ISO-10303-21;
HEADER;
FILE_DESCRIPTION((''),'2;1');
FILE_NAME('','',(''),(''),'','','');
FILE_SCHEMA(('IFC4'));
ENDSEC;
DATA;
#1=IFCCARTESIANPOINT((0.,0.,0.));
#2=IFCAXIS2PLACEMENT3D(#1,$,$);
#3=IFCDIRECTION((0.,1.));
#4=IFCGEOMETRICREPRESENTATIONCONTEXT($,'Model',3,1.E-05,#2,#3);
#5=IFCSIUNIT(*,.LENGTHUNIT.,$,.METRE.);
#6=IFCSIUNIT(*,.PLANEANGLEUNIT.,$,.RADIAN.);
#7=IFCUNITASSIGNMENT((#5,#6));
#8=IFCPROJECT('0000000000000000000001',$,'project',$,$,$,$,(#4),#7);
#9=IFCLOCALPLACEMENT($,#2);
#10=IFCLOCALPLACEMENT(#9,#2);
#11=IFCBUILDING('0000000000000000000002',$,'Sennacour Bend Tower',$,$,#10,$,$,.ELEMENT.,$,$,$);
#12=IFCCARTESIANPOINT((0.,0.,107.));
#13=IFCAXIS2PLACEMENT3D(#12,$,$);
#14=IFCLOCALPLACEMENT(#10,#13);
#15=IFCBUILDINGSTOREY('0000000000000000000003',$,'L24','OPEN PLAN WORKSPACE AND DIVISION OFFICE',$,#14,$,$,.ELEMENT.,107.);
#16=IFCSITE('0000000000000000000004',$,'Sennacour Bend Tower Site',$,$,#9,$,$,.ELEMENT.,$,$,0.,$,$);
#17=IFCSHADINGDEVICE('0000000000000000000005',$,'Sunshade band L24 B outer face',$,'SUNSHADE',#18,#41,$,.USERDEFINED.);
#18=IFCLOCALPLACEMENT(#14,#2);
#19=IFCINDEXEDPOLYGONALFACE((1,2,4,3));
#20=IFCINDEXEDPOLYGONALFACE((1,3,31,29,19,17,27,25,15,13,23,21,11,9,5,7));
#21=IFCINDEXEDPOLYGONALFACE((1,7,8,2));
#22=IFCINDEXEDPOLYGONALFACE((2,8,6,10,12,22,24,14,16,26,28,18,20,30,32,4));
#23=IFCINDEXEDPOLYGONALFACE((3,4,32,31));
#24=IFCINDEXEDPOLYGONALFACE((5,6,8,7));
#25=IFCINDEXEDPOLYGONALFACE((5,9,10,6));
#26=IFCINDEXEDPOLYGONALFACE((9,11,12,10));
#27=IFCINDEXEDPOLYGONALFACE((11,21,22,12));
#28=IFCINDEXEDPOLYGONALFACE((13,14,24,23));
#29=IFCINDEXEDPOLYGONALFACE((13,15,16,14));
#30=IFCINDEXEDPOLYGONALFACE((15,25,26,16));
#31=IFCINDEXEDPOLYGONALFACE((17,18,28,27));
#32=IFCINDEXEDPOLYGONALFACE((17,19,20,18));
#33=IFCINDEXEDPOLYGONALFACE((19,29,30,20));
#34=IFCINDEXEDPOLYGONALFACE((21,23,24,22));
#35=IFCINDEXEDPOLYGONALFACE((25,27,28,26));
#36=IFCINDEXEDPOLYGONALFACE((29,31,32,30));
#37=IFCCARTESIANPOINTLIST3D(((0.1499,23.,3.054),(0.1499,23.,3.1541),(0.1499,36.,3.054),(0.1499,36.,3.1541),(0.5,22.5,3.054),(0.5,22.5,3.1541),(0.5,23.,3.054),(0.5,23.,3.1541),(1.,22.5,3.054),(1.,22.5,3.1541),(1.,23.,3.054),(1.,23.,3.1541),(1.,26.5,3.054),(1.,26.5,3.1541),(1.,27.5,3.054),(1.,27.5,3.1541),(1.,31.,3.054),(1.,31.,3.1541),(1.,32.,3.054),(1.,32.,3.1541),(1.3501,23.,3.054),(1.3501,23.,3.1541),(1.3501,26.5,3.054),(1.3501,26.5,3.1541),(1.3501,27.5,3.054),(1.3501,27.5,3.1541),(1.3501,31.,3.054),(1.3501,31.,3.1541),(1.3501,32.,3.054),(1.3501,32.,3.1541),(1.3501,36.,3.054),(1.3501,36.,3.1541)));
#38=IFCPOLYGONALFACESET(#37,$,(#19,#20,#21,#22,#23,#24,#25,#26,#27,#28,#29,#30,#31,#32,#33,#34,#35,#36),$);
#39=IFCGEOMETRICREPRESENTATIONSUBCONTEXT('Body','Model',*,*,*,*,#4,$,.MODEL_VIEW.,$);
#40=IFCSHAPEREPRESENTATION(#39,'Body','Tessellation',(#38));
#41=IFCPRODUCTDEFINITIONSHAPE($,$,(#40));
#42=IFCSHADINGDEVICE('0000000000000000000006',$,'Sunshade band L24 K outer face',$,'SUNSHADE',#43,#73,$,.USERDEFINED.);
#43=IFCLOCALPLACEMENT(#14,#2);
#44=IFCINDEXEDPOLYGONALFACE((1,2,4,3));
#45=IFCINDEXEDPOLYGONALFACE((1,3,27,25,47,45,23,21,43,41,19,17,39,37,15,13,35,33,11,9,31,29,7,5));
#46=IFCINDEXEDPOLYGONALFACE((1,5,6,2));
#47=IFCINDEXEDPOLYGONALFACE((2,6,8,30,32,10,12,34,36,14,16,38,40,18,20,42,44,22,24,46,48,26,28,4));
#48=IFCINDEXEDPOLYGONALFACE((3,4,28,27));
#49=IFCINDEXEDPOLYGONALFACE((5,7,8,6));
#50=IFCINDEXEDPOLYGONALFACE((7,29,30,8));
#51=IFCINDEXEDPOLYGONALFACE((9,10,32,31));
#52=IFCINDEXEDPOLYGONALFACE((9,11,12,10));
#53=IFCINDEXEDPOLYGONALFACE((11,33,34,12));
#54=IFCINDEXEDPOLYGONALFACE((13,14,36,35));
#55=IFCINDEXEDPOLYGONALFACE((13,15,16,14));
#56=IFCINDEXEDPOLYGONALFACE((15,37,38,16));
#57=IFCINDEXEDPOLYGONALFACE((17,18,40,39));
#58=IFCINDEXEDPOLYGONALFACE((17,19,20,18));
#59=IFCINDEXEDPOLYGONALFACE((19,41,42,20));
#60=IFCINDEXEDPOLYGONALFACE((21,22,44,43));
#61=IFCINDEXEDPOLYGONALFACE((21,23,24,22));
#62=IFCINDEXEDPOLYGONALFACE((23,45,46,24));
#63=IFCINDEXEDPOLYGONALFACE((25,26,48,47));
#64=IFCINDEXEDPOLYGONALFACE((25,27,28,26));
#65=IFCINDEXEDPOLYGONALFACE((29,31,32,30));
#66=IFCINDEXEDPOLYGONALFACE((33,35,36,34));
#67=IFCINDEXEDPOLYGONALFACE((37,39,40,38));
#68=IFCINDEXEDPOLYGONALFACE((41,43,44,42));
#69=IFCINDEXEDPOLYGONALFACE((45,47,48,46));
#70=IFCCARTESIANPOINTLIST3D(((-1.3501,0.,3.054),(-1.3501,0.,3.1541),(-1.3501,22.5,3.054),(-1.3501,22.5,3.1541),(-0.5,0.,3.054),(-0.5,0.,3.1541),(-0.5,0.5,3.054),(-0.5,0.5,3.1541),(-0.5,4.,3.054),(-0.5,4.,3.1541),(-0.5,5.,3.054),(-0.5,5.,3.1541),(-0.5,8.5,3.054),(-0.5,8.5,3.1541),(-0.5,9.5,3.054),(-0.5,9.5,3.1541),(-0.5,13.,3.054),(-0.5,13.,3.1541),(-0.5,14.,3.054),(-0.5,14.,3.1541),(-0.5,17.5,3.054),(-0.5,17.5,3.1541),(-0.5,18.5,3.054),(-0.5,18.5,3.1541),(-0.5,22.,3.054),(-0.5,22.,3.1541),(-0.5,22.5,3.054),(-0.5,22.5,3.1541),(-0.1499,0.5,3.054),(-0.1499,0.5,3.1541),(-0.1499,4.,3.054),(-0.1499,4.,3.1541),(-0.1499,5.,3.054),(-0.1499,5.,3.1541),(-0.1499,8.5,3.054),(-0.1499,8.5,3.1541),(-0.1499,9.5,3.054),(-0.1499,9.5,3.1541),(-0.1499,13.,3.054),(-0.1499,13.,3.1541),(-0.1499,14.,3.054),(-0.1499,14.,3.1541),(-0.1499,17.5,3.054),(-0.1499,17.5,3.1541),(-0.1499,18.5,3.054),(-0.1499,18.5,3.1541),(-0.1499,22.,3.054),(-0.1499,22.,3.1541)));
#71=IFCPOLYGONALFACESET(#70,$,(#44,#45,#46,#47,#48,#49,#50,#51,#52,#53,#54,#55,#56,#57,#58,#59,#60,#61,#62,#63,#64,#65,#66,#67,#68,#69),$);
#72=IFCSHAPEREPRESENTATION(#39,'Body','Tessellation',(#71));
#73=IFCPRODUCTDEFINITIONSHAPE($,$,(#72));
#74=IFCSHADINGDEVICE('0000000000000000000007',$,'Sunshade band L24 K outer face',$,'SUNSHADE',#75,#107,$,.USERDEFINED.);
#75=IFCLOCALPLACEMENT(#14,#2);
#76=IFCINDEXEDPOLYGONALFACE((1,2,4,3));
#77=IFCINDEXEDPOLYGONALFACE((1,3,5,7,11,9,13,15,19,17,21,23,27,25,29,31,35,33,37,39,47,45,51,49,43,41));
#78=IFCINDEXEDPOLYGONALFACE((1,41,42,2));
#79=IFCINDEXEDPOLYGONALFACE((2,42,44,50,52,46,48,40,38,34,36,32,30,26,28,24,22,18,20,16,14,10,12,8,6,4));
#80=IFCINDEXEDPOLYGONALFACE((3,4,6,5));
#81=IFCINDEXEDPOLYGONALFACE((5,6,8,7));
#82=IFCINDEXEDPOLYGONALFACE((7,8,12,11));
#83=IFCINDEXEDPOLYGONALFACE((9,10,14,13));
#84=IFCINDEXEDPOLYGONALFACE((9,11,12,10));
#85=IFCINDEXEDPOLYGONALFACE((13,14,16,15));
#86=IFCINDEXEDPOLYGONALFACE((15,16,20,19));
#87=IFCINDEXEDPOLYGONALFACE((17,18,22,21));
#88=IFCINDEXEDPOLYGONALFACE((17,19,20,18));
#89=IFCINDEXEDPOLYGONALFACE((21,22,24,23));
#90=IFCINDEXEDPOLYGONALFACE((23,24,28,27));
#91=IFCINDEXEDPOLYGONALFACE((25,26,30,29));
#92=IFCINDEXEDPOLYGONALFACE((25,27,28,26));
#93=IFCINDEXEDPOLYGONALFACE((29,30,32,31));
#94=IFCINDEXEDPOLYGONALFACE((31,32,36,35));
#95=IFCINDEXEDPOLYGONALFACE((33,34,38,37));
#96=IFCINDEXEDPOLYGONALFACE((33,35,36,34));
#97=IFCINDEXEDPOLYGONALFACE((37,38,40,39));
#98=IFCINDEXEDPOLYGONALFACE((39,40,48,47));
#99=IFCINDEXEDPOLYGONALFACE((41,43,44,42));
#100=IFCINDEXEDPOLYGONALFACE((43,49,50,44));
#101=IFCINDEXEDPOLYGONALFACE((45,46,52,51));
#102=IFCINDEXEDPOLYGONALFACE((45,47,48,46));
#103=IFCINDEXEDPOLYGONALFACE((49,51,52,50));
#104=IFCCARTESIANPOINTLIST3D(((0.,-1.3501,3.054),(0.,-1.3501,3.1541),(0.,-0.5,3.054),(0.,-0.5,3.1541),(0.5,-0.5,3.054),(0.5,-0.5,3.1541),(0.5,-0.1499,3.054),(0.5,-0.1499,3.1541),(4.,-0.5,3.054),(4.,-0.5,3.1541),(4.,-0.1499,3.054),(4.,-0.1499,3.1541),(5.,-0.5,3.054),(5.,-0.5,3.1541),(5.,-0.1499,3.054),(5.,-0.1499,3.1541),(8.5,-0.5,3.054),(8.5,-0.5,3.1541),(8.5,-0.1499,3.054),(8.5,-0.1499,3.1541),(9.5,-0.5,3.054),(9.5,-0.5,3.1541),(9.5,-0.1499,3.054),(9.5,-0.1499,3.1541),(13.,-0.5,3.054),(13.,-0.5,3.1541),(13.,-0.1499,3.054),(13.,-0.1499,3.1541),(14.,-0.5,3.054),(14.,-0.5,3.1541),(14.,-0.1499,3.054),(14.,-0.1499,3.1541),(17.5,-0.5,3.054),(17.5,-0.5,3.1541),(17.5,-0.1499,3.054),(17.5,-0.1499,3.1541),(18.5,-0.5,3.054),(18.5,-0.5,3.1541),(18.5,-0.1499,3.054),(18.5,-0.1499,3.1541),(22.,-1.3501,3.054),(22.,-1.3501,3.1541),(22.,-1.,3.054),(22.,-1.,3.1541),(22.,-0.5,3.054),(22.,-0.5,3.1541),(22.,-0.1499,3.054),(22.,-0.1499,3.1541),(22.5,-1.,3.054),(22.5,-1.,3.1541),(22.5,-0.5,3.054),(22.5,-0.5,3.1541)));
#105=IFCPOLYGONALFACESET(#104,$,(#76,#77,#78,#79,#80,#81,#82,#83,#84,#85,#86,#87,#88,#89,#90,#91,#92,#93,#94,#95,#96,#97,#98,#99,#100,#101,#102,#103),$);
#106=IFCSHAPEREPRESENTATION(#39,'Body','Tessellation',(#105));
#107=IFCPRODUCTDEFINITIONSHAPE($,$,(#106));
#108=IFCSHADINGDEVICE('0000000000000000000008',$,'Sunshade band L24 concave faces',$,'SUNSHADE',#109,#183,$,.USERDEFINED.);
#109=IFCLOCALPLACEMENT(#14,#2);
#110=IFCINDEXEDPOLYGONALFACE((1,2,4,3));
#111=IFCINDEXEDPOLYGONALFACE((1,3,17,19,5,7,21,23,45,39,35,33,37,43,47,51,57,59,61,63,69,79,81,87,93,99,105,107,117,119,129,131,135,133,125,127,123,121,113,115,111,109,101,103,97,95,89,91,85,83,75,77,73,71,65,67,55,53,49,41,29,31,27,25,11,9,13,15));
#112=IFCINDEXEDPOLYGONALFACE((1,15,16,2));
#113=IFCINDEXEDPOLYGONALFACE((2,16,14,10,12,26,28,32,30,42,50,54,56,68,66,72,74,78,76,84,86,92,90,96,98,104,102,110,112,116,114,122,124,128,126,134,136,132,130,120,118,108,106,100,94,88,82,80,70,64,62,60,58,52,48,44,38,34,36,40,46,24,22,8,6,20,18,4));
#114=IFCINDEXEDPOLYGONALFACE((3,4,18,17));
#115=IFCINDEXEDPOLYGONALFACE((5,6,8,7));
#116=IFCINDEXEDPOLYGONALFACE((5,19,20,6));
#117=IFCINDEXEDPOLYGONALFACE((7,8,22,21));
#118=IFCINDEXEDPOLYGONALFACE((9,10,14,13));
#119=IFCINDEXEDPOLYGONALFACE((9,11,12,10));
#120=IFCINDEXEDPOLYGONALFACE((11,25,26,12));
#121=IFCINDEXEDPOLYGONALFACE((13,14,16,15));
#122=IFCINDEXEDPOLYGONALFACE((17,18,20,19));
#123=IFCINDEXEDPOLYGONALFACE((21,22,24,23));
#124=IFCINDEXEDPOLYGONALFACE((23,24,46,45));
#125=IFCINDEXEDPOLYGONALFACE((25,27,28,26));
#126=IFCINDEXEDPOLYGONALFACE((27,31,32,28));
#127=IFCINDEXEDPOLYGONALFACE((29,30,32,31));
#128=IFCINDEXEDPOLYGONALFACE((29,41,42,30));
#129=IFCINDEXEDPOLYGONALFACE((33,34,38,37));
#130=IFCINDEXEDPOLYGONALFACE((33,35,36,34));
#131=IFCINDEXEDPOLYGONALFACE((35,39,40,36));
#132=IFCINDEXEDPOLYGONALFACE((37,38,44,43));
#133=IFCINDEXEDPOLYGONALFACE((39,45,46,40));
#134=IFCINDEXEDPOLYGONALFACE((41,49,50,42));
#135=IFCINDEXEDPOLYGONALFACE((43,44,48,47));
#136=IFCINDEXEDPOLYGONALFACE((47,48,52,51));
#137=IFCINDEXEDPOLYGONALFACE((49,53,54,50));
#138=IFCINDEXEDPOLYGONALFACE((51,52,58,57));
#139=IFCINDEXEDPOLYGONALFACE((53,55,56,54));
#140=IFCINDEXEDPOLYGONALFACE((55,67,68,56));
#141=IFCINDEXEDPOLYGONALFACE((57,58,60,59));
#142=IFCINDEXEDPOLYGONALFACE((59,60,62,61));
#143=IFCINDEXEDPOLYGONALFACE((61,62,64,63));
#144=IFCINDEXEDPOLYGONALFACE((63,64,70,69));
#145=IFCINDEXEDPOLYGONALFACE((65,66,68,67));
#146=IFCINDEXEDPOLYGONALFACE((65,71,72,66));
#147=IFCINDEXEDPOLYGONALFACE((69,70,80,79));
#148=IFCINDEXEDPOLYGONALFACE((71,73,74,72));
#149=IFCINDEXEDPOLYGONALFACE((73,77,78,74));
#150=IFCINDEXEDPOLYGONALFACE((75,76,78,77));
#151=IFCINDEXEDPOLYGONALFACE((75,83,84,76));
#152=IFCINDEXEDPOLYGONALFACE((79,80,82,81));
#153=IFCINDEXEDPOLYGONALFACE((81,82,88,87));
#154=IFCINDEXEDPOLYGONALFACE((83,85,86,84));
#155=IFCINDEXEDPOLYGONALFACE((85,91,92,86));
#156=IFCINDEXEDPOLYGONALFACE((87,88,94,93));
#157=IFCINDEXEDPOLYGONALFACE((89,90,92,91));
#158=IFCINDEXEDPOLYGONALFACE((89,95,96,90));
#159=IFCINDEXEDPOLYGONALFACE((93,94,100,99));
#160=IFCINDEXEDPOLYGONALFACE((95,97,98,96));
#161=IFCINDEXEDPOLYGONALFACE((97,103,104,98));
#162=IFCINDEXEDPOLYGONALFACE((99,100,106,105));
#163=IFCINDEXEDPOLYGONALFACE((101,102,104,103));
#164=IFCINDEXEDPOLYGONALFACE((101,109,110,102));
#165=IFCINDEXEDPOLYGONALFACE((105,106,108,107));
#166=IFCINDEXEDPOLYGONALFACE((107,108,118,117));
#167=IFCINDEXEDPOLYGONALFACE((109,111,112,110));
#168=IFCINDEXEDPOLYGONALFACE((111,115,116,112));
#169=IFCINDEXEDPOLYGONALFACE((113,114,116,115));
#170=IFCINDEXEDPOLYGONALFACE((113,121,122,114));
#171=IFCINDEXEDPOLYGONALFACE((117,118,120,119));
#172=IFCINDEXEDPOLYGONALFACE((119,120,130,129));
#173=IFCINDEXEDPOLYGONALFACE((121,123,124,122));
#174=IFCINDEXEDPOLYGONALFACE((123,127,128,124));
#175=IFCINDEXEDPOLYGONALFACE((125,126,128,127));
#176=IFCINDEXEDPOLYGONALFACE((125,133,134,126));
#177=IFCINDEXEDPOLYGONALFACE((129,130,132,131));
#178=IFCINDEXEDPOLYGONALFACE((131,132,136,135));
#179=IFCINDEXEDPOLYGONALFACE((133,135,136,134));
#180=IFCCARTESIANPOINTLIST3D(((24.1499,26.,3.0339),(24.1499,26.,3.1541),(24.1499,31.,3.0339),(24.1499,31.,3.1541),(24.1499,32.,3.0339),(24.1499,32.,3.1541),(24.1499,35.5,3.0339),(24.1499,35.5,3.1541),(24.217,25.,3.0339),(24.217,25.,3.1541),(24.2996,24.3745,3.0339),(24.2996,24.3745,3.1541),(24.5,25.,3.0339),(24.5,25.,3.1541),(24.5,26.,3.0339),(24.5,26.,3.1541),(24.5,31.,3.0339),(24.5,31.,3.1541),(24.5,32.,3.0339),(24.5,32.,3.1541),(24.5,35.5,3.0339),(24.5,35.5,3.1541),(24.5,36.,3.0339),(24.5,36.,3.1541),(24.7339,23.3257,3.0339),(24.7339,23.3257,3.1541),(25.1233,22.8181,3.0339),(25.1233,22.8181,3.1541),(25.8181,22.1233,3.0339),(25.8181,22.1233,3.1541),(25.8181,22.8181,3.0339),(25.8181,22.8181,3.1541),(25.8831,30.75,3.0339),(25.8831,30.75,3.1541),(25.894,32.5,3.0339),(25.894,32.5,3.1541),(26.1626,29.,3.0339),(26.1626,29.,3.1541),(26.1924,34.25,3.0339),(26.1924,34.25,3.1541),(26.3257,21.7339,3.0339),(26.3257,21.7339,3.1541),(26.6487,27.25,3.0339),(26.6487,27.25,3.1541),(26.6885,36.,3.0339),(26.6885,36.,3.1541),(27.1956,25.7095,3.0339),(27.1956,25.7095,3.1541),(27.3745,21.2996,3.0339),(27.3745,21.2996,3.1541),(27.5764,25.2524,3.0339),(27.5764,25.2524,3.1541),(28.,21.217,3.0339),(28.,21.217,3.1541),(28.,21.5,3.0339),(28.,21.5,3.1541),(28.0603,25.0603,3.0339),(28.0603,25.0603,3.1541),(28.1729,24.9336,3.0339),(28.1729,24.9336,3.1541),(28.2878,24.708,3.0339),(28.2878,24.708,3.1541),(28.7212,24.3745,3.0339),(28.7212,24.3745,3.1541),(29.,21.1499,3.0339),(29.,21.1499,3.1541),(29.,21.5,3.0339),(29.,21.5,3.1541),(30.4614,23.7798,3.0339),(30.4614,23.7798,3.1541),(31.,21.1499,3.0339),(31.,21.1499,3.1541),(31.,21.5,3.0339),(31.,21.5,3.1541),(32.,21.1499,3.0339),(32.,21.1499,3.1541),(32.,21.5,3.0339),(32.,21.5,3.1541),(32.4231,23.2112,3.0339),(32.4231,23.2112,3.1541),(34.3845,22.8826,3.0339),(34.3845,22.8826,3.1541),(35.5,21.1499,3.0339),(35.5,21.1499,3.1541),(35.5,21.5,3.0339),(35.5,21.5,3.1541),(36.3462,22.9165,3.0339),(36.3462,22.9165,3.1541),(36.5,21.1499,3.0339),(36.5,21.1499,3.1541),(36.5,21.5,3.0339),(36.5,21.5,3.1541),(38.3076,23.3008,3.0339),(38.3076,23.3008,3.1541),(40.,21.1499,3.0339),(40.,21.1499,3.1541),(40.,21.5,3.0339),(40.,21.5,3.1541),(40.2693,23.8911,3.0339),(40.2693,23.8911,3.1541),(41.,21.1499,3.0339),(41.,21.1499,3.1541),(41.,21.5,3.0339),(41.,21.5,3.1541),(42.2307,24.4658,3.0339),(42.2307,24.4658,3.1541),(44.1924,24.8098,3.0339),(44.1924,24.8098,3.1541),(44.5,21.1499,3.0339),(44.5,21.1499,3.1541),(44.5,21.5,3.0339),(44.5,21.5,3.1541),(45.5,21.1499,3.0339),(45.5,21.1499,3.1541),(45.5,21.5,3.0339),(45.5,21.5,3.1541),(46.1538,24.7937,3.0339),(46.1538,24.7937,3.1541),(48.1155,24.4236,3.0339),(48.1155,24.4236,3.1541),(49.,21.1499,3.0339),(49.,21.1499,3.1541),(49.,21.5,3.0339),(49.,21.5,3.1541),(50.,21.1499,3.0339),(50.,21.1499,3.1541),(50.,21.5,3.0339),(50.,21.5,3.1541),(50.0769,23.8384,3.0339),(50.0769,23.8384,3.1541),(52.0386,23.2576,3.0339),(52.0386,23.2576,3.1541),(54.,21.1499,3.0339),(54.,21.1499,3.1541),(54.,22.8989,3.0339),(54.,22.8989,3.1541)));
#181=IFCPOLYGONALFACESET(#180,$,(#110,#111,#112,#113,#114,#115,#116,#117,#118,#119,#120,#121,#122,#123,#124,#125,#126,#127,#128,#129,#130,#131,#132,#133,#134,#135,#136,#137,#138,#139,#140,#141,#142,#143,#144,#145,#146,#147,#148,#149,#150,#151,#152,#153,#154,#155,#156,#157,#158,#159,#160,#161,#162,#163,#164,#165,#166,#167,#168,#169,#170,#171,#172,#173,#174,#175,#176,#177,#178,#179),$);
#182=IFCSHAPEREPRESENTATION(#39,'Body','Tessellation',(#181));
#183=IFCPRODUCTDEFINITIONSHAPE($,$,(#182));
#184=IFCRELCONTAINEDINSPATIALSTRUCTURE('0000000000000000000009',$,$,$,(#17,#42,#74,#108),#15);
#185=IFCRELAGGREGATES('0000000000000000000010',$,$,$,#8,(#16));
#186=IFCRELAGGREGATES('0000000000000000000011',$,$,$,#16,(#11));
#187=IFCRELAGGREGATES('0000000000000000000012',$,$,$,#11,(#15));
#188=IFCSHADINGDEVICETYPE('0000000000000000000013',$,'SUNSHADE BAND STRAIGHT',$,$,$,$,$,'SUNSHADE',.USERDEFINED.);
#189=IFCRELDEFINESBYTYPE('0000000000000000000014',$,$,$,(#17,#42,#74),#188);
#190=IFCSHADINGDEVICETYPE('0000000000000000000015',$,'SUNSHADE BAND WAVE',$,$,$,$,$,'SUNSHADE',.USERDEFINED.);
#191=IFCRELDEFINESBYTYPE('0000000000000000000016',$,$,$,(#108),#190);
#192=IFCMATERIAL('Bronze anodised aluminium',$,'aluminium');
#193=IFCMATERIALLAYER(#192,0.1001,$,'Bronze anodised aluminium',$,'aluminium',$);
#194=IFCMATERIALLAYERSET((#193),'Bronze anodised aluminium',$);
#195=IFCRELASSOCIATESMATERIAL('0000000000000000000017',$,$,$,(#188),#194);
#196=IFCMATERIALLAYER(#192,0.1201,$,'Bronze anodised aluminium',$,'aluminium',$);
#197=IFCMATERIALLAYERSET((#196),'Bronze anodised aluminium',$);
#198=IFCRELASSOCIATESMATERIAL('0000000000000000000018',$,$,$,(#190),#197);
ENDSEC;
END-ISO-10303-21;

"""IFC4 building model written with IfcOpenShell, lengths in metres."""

from ifc_helpers import new_model, si_unit, direction, frame, origin, place, context, subcontext, project, spatial, polyline, outline, extrude, material, layer, layer_set, type_object, element, save


model = new_model("IFC4")

# Units and contexts
model_context = context("Model", 3, precision=1e-05, world=origin(), true_north=direction((0.0, 1.0)))
body_context = subcontext(model_context, "Body", "Model", "MODEL_VIEW")
ifc_project = project(units=[si_unit("LENGTHUNIT", "METRE"), si_unit("PLANEANGLEUNIT", "RADIAN")], contexts=[model_context])

# Site, building, storey
site_placement = place(None, origin())
site = spatial("IfcSite", under=ifc_project, at=site_placement, Name="Sennacour Bend Tower Site", CompositionType="ELEMENT", RefElevation=0.0)
building_placement = place(site_placement, origin())
building = spatial("IfcBuilding", under=site, at=building_placement, Name="Sennacour Bend Tower", CompositionType="ELEMENT")
storey_placement = place(building_placement, frame((0.0, 0.0, 107.0)))
storey = spatial("IfcBuildingStorey", under=building, at=storey_placement, Name="L24", Description="OPEN PLAN WORKSPACE AND DIVISION OFFICE", CompositionType="ELEMENT", Elevation=107.0)

# Shading devices
ifc_material_1 = material(Name="Bronze anodised aluminium", Category="aluminium")
ifc_layer_1 = layer(ifc_material_1, 0.1001, Name="Bronze anodised aluminium", Category="aluminium")
ifc_layer_set_1 = layer_set([ifc_layer_1], Name="Bronze anodised aluminium")
shading_device_type_1 = type_object("IfcShadingDeviceType", Name="SUNSHADE BAND STRAIGHT", ElementType="SUNSHADE", PredefinedType="USERDEFINED", material=ifc_layer_set_1)
shading_device_1_placement = place(storey_placement, frame((0.0, 0.0, 3.054)))
element("IfcShadingDevice", 1, at=shading_device_1_placement, inside=storey, type_object=shading_device_type_1, Name="Sunshade band L24 B outer face", ObjectType="SUNSHADE", PredefinedType="USERDEFINED", context=body_context, shape_type="SweptSolid", body=[
    extrude(outline(polyline([(1.3501, 32.0), (1.0, 32.0), (1.0, 31.0), (1.3501, 31.0), (1.3501, 27.5), (1.0, 27.5), (1.0, 26.5), (1.3501, 26.5), (1.3501, 23.0), (1.0, 23.0), (1.0, 22.5), (0.5, 22.5), (0.5, 23.0), (0.1499, 23.0), (0.1499, 36.0), (1.3501, 36.0), (1.3501, 32.0)])), origin(), (0.0, 0.0, 1.0), 0.1001),
])
shading_device_2_placement = place(storey_placement, frame((0.0, 0.0, 3.054)))
element("IfcShadingDevice", 2, at=shading_device_2_placement, inside=storey, type_object=shading_device_type_1, Name="Sunshade band L24 K outer face", ObjectType="SUNSHADE", PredefinedType="USERDEFINED", context=body_context, shape_type="SweptSolid", body=[
    extrude(outline(polyline([(-0.1499, 18.5), (-0.5, 18.5), (-0.5, 17.5), (-0.1499, 17.5), (-0.1499, 14.0), (-0.5, 14.0), (-0.5, 13.0), (-0.1499, 13.0), (-0.1499, 9.5), (-0.5, 9.5), (-0.5, 8.5), (-0.1499, 8.5), (-0.1499, 5.0), (-0.5, 5.0), (-0.5, 4.0), (-0.1499, 4.0), (-0.1499, 0.5), (-0.5, 0.5), (-0.5, 0.0), (-1.3501, 0.0), (-1.3501, 22.5), (-0.5, 22.5), (-0.5, 22.0), (-0.1499, 22.0), (-0.1499, 18.5)])), origin(), (0.0, 0.0, 1.0), 0.1001),
])
shading_device_3_placement = place(storey_placement, frame((0.0, 0.0, 3.054)))
element("IfcShadingDevice", 3, at=shading_device_3_placement, inside=storey, type_object=shading_device_type_1, Name="Sunshade band L24 K outer face", ObjectType="SUNSHADE", PredefinedType="USERDEFINED", context=body_context, shape_type="SweptSolid", body=[
    extrude(outline(polyline([(4.0, -0.1499), (4.0, -0.5), (5.0, -0.5), (5.0, -0.1499), (8.5, -0.1499), (8.5, -0.5), (9.5, -0.5), (9.5, -0.1499), (13.0, -0.1499), (13.0, -0.5), (14.0, -0.5), (14.0, -0.1499), (17.5, -0.1499), (17.5, -0.5), (18.5, -0.5), (18.5, -0.1499), (22.0, -0.1499), (22.0, -0.5), (22.5, -0.5), (22.5, -1.0), (22.0, -1.0), (22.0, -1.3501), (0.0, -1.3501), (0.0, -0.5), (0.5, -0.5), (0.5, -0.1499), (4.0, -0.1499)])), origin(), (0.0, 0.0, 1.0), 0.1001),
])
ifc_layer_2 = layer(ifc_material_1, 0.1201, Name="Bronze anodised aluminium", Category="aluminium")
ifc_layer_set_2 = layer_set([ifc_layer_2], Name="Bronze anodised aluminium")
shading_device_type_2 = type_object("IfcShadingDeviceType", Name="SUNSHADE BAND WAVE", ElementType="SUNSHADE", PredefinedType="USERDEFINED", material=ifc_layer_set_2)
shading_device_4_placement = place(storey_placement, frame((0.0, 0.0, 3.0339)))
element("IfcShadingDevice", 4, at=shading_device_4_placement, inside=storey, type_object=shading_device_type_2, Name="Sunshade band L24 concave faces", ObjectType="SUNSHADE", PredefinedType="USERDEFINED", context=body_context, shape_type="SweptSolid", body=[
    extrude(outline(polyline([(54.0, 21.1499), (50.0, 21.1499), (50.0, 21.5), (49.0, 21.5), (49.0, 21.1499), (45.5, 21.1499), (45.5, 21.5), (44.5, 21.5), (44.5, 21.1499), (41.0, 21.1499), (41.0, 21.5), (40.0, 21.5), (40.0, 21.1499), (36.5, 21.1499), (36.5, 21.5), (35.5, 21.5), (35.5, 21.1499), (32.0, 21.1499), (32.0, 21.5), (31.0, 21.5), (31.0, 21.1499), (29.0, 21.1499), (29.0, 21.5), (28.0, 21.5), (28.0, 21.217), (27.3745, 21.2996), (26.3257, 21.7339), (25.8181, 22.1233), (25.8181, 22.8181), (25.1233, 22.8181), (24.7339, 23.3257), (24.2996, 24.3745), (24.217, 25.0), (24.5, 25.0), (24.5, 26.0), (24.1499, 26.0), (24.1499, 31.0), (24.5, 31.0), (24.5, 32.0), (24.1499, 32.0), (24.1499, 35.5), (24.5, 35.5), (24.5, 36.0), (26.6885, 36.0), (26.1924, 34.25), (25.894, 32.5), (25.8831, 30.75), (26.1626, 29.0), (26.6487, 27.25), (27.1956, 25.7095), (27.5764, 25.2524), (28.0603, 25.0603), (28.1729, 24.9336), (28.2878, 24.708), (28.7212, 24.3745), (30.4614, 23.7798), (32.4231, 23.2112), (34.3845, 22.8826), (36.3462, 22.9165), (38.3076, 23.3008), (40.2693, 23.8911), (42.2307, 24.4658), (44.1924, 24.8098), (46.1538, 24.7937), (48.1155, 24.4236), (50.0769, 23.8384), (52.0386, 23.2576), (54.0, 22.8989), (54.0, 21.1499)])), origin(), (0.0, 0.0, 1.0), 0.1201),
])

save(model, "model.ifc")
